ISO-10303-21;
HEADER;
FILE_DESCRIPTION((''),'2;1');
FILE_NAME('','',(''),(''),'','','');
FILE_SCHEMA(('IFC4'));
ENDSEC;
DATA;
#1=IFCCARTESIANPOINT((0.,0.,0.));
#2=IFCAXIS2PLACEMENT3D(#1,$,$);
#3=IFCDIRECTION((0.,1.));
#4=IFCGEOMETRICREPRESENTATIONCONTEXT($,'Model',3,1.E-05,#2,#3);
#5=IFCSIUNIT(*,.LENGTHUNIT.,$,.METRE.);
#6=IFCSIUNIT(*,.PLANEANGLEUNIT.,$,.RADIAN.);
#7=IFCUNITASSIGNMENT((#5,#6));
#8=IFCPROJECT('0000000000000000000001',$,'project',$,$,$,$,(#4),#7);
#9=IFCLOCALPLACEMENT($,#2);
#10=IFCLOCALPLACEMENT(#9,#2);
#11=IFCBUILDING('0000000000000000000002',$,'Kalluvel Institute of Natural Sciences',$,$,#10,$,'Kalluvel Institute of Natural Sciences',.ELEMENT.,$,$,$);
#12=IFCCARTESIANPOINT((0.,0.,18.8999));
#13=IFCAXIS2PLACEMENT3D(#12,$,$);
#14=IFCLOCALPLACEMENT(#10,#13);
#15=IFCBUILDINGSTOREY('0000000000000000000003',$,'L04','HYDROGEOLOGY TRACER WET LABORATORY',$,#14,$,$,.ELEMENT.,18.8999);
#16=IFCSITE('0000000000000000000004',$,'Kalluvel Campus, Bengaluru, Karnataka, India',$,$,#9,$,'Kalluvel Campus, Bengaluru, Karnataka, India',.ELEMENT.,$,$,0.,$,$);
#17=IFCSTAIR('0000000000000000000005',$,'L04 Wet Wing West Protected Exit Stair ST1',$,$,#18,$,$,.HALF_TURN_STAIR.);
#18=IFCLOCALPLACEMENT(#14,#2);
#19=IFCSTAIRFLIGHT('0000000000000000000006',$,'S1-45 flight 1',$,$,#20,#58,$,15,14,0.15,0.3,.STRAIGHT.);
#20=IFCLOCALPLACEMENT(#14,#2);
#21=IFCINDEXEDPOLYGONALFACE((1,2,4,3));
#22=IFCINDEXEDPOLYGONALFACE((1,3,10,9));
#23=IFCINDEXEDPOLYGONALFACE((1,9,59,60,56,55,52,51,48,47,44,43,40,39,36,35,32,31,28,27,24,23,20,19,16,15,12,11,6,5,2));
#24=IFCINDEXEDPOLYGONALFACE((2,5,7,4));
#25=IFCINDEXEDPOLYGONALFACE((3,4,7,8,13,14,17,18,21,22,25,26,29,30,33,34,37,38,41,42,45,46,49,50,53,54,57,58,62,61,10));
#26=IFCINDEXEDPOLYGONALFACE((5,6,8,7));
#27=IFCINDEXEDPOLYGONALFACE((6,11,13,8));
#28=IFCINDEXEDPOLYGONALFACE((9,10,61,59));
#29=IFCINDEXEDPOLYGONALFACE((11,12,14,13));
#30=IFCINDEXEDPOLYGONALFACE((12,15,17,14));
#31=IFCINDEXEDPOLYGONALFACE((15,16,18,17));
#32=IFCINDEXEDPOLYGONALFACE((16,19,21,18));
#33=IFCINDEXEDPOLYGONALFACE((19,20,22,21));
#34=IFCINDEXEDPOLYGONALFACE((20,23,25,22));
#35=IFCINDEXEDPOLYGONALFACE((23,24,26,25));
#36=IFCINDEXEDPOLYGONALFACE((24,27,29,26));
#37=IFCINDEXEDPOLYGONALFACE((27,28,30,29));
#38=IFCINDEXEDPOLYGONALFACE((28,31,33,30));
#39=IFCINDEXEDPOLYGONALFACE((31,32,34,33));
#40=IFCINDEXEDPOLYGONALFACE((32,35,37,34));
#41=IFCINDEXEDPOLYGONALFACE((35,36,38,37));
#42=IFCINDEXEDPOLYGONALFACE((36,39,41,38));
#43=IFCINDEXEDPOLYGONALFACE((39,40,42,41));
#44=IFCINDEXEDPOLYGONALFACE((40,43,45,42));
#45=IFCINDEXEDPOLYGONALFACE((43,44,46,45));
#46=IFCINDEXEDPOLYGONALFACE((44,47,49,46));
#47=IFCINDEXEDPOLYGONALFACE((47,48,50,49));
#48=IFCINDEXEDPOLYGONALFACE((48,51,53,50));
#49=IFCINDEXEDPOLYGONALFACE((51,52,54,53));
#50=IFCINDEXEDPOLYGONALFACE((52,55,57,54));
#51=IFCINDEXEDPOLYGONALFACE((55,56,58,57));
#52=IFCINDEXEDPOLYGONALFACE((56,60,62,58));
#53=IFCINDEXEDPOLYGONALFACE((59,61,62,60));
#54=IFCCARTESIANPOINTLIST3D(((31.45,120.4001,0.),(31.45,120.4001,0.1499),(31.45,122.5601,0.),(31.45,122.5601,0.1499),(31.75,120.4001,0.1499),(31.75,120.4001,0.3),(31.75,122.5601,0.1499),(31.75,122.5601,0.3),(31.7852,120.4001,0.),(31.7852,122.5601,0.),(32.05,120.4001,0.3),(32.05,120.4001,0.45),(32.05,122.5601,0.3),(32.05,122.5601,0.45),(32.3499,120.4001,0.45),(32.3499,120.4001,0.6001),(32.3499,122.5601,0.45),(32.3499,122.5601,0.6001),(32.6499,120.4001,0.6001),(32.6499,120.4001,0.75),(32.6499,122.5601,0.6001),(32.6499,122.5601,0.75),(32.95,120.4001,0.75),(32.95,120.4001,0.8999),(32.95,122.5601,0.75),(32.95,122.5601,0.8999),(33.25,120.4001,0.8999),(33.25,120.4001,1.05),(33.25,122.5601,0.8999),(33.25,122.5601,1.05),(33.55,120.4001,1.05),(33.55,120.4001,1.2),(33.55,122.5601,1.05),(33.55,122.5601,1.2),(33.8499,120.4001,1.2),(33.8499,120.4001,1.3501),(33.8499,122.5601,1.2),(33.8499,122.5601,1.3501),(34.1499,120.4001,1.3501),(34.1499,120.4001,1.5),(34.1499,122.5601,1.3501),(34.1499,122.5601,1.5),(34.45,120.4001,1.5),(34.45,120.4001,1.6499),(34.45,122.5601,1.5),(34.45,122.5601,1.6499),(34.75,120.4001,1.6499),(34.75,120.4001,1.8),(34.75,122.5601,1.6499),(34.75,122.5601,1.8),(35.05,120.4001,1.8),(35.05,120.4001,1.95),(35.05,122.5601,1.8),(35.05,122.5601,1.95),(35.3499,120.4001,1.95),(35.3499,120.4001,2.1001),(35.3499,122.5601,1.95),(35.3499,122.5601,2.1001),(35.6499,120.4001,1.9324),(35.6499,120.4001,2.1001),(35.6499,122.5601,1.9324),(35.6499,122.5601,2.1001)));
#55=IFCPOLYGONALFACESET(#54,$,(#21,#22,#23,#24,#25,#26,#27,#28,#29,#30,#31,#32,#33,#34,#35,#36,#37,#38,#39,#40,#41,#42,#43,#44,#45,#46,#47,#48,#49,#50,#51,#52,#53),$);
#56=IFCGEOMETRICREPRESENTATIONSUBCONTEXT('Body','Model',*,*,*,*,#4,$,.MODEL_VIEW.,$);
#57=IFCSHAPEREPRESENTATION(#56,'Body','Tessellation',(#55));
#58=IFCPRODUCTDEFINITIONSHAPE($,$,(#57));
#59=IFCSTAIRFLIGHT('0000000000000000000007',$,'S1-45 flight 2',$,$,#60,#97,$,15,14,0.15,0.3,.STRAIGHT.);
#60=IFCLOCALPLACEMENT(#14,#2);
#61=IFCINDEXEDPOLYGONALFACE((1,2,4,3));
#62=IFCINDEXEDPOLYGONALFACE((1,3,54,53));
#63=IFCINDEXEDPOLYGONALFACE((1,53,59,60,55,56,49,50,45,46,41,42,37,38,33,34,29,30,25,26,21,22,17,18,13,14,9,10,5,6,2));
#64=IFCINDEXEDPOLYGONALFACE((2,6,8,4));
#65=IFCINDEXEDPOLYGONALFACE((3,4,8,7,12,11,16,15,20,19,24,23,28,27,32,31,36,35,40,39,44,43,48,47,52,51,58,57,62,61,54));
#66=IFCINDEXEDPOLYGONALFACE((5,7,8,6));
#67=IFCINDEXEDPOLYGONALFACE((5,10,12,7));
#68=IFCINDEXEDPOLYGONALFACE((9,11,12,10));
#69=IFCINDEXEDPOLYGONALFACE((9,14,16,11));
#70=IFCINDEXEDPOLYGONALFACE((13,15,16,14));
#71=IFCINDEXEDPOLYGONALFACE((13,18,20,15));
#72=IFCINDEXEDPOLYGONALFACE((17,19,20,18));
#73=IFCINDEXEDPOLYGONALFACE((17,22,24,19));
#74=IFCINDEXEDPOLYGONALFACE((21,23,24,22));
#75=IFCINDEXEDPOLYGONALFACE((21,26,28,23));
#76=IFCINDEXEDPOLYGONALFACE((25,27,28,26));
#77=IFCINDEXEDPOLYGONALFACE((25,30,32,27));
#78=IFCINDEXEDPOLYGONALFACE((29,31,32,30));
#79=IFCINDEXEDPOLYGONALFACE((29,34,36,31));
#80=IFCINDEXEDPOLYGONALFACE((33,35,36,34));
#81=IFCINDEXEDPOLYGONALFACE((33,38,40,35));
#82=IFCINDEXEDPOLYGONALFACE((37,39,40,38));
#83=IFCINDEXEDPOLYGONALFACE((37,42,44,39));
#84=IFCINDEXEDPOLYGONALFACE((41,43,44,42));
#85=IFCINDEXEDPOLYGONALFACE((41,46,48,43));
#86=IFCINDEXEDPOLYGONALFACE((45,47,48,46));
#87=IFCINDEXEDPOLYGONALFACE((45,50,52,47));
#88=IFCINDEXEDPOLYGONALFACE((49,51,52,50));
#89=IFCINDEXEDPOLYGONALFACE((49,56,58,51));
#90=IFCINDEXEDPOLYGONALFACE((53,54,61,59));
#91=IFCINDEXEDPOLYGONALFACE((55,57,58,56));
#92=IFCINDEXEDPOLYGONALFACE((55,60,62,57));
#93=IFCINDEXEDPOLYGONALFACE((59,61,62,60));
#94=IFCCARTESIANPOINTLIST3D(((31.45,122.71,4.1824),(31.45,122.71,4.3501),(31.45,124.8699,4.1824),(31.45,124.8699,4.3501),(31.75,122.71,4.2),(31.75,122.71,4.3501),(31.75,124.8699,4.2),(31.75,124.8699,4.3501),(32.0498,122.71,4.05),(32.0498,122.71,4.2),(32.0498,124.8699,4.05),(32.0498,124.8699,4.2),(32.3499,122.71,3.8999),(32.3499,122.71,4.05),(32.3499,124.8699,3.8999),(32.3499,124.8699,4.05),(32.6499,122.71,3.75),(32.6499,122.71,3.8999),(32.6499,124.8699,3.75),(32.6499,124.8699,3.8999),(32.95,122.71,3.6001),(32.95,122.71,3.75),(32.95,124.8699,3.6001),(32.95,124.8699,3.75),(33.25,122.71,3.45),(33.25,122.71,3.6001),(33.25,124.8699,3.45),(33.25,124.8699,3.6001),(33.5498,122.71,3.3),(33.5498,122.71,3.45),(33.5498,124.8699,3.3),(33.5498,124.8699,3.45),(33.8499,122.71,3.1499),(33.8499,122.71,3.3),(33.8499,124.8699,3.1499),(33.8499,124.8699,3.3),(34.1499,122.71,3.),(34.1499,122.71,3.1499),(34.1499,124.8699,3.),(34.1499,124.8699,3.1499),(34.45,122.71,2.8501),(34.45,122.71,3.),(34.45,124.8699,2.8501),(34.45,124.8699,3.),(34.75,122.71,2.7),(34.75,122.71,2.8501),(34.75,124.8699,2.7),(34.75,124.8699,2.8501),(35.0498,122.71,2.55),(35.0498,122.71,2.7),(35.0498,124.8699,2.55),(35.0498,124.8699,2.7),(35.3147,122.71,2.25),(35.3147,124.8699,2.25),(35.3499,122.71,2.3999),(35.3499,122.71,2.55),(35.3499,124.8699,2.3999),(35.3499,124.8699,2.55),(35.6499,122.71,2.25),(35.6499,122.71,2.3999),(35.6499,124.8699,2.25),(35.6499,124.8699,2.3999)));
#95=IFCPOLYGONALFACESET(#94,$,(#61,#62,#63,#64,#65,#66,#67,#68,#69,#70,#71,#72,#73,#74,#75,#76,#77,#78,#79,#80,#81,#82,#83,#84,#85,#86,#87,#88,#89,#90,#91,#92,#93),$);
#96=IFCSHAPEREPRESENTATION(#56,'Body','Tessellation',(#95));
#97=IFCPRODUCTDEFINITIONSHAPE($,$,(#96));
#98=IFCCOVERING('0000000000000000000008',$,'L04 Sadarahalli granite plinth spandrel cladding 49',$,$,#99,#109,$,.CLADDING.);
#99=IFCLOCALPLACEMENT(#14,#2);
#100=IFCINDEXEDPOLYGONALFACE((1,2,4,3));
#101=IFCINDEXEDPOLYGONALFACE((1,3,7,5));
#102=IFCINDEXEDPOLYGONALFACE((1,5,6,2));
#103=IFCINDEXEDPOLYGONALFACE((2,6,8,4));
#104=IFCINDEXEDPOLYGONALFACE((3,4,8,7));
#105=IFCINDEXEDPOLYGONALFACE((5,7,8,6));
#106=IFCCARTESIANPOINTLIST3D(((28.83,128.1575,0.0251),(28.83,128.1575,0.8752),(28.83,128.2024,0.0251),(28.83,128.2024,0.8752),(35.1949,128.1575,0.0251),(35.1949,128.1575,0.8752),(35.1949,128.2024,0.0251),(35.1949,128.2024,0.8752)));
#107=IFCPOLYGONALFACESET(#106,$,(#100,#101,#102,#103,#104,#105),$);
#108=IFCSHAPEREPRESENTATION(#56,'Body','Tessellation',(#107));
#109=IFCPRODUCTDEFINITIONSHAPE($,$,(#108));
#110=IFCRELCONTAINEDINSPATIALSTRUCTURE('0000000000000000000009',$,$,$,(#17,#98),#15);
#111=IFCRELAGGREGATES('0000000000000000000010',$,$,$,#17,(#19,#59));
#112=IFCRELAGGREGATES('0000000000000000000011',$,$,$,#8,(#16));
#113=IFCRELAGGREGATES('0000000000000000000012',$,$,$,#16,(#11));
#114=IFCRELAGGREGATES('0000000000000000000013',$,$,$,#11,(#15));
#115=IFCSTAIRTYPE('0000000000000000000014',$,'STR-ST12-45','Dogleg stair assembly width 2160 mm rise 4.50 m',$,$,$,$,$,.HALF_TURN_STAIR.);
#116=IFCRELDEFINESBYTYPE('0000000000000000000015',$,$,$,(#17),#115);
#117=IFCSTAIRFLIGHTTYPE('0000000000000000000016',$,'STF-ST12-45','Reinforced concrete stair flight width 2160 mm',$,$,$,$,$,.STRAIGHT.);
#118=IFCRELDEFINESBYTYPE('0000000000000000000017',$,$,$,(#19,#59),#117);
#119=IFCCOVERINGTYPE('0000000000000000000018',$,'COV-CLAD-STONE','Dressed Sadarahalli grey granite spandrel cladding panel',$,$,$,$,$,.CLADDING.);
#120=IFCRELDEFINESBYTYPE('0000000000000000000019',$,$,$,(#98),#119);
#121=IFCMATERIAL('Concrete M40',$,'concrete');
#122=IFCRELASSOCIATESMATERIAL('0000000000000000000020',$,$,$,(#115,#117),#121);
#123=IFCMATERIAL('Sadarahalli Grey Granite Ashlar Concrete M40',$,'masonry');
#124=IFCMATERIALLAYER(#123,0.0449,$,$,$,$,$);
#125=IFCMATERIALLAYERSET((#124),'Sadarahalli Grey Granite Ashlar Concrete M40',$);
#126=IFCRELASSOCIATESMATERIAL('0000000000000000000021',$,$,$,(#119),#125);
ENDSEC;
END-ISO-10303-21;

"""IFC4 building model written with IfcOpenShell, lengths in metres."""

from ifc_helpers import new_model, si_unit, direction, frame, origin, origin_2d, place, context, subcontext, project, spatial, polyline, rectangle, outline, extrude, material, layer, layer_set, type_object, element, aggregate, save


model = new_model("IFC4")

# Units and contexts
model_context = context("Model", 3, precision=1e-05, world=origin(), true_north=direction((0.0, 1.0)))
body_context = subcontext(model_context, "Body", "Model", "MODEL_VIEW")
ifc_project = project(units=[si_unit("LENGTHUNIT", "METRE"), si_unit("PLANEANGLEUNIT", "RADIAN")], contexts=[model_context])

# Site, building, storey
site_placement = place(None, origin())
site = spatial("IfcSite", under=ifc_project, at=site_placement, Name="Kalluvel Campus, Bengaluru, Karnataka, India", LongName="Kalluvel Campus, Bengaluru, Karnataka, India", CompositionType="ELEMENT", RefElevation=0.0)
building_placement = place(site_placement, origin())
building = spatial("IfcBuilding", under=site, at=building_placement, Name="Kalluvel Institute of Natural Sciences", LongName="Kalluvel Institute of Natural Sciences", CompositionType="ELEMENT")
storey_placement = place(building_placement, frame((0.0, 0.0, 18.8999)))
storey = spatial("IfcBuildingStorey", under=building, at=storey_placement, Name="L04", Description="HYDROGEOLOGY TRACER WET LABORATORY", CompositionType="ELEMENT", Elevation=18.8999)

# Shared definitions
ifc_material_1 = material(Name="Concrete M40", Category="concrete")

# Shared definitions
ifc_material_2 = material(Name="Sadarahalli Grey Granite Ashlar Concrete M40", Category="masonry")

# Stair, stair flights
stair_type = type_object("IfcStairType", Name="STR-ST12-45", Description="Dogleg stair assembly width 2160 mm rise 4.50 m", PredefinedType="HALF_TURN_STAIR", material=ifc_material_1)
stair_placement = place(storey_placement, origin())
stair = element("IfcStair", 1, at=stair_placement, inside=storey, type_object=stair_type, Name="L04 Wet Wing West Protected Exit Stair ST1", PredefinedType="HALF_TURN_STAIR")
stair_flight_type = type_object("IfcStairFlightType", Name="STF-ST12-45", Description="Reinforced concrete stair flight width 2160 mm", PredefinedType="STRAIGHT", material=ifc_material_1)
stair_flight_1_placement = place(storey_placement, frame((31.45, 121.48, 0.0), z_axis=(0.0, 0.0, 1.0), x_axis=(1.0, 0.0, 0.0)))
stair_flight_1 = element("IfcStairFlight", 2, at=stair_flight_1_placement, type_object=stair_flight_type, Name="S1-45 flight 1", NumberOfRisers=15, NumberOfTreads=14, PredefinedType="STRAIGHT", RiserHeight=0.15, TreadLength=0.3, context=body_context, shape_type="SweptSolid", body=[
    extrude(outline(polyline([(0.0, 0.0), (0.0, 0.1499), (0.3, 0.1499), (0.3, 0.3), (0.6001, 0.3), (0.6001, 0.45), (0.8999, 0.45), (0.8999, 0.6001), (1.2, 0.6001), (1.2, 0.75), (1.5, 0.75), (1.5, 0.8999), (1.8, 0.8999), (1.8, 1.05), (2.1001, 1.05), (2.1001, 1.2), (2.3999, 1.2), (2.3999, 1.3501), (2.7, 1.3501), (2.7, 1.5), (3.0, 1.5), (3.0, 1.6499), (3.3, 1.6499), (3.3, 1.8), (3.6001, 1.8), (3.6001, 1.95), (3.8999, 1.95), (3.8999, 2.1001), (4.2, 2.1001), (4.2, 2.25), (4.2, 1.9324), (0.3352, 0.0), (0.0, 0.0)])), frame((0.0, 1.0801, 0.0), z_axis=(0.0, -1.0, 0.0), x_axis=(1.0, 0.0, 0.0)), (0.0, 0.0, 1.0), 2.1599),
])
stair_flight_2_placement = place(storey_placement, frame((35.6499, 123.79, 2.25), z_axis=(0.0, 0.0, 1.0), x_axis=(-1.0, 0.0, 0.0)))
stair_flight_2 = element("IfcStairFlight", 3, at=stair_flight_2_placement, type_object=stair_flight_type, Name="S1-45 flight 2", NumberOfRisers=15, NumberOfTreads=14, PredefinedType="STRAIGHT", RiserHeight=0.15, TreadLength=0.3, context=body_context, shape_type="SweptSolid", body=[
    extrude(outline(polyline([(0.0, 0.0), (0.0, 0.1499), (0.3, 0.1499), (0.3, 0.3), (0.6001, 0.3), (0.6001, 0.45), (0.8999, 0.45), (0.8999, 0.6001), (1.2, 0.6001), (1.2, 0.75), (1.5, 0.75), (1.5, 0.8999), (1.8, 0.8999), (1.8, 1.05), (2.1001, 1.05), (2.1001, 1.2), (2.3999, 1.2), (2.3999, 1.3501), (2.7, 1.3501), (2.7, 1.5), (3.0, 1.5), (3.0, 1.6499), (3.3, 1.6499), (3.3, 1.8), (3.6001, 1.8), (3.6001, 1.95), (3.8999, 1.95), (3.8999, 2.1001), (4.2, 2.1001), (4.2, 2.25), (4.2, 1.9324), (0.3352, 0.0), (0.0, 0.0)])), frame((0.0, 1.0801, 0.0), z_axis=(0.0, -1.0, 0.0), x_axis=(1.0, 0.0, 0.0)), (0.0, 0.0, 1.0), 2.1599),
])
aggregate(stair, [stair_flight_1, stair_flight_2])

# Covering
ifc_layer_1 = layer(ifc_material_2, 0.0449)
ifc_layer_set_1 = layer_set([ifc_layer_1], Name="Sadarahalli Grey Granite Ashlar Concrete M40")
covering_type = type_object("IfcCoveringType", Name="COV-CLAD-STONE", Description="Dressed Sadarahalli grey granite spandrel cladding panel", PredefinedType="CLADDING", material=ifc_layer_set_1)
covering_placement = place(storey_placement, frame((32.0125, 128.1799, 0.0251), z_axis=(0.0, 0.0, 1.0), x_axis=(1.0, 0.0, 0.0)))
element("IfcCovering", 4, at=covering_placement, inside=storey, type_object=covering_type, Name="L04 Sadarahalli granite plinth spandrel cladding 49", PredefinedType="CLADDING", context=body_context, shape_type="SweptSolid", body=[
    extrude(rectangle(XDim=6.365, YDim=0.0449, at=origin_2d()), origin(), (0.0, 0.0, 1.0), 0.8501),
])

save(model, "model.ifc")
